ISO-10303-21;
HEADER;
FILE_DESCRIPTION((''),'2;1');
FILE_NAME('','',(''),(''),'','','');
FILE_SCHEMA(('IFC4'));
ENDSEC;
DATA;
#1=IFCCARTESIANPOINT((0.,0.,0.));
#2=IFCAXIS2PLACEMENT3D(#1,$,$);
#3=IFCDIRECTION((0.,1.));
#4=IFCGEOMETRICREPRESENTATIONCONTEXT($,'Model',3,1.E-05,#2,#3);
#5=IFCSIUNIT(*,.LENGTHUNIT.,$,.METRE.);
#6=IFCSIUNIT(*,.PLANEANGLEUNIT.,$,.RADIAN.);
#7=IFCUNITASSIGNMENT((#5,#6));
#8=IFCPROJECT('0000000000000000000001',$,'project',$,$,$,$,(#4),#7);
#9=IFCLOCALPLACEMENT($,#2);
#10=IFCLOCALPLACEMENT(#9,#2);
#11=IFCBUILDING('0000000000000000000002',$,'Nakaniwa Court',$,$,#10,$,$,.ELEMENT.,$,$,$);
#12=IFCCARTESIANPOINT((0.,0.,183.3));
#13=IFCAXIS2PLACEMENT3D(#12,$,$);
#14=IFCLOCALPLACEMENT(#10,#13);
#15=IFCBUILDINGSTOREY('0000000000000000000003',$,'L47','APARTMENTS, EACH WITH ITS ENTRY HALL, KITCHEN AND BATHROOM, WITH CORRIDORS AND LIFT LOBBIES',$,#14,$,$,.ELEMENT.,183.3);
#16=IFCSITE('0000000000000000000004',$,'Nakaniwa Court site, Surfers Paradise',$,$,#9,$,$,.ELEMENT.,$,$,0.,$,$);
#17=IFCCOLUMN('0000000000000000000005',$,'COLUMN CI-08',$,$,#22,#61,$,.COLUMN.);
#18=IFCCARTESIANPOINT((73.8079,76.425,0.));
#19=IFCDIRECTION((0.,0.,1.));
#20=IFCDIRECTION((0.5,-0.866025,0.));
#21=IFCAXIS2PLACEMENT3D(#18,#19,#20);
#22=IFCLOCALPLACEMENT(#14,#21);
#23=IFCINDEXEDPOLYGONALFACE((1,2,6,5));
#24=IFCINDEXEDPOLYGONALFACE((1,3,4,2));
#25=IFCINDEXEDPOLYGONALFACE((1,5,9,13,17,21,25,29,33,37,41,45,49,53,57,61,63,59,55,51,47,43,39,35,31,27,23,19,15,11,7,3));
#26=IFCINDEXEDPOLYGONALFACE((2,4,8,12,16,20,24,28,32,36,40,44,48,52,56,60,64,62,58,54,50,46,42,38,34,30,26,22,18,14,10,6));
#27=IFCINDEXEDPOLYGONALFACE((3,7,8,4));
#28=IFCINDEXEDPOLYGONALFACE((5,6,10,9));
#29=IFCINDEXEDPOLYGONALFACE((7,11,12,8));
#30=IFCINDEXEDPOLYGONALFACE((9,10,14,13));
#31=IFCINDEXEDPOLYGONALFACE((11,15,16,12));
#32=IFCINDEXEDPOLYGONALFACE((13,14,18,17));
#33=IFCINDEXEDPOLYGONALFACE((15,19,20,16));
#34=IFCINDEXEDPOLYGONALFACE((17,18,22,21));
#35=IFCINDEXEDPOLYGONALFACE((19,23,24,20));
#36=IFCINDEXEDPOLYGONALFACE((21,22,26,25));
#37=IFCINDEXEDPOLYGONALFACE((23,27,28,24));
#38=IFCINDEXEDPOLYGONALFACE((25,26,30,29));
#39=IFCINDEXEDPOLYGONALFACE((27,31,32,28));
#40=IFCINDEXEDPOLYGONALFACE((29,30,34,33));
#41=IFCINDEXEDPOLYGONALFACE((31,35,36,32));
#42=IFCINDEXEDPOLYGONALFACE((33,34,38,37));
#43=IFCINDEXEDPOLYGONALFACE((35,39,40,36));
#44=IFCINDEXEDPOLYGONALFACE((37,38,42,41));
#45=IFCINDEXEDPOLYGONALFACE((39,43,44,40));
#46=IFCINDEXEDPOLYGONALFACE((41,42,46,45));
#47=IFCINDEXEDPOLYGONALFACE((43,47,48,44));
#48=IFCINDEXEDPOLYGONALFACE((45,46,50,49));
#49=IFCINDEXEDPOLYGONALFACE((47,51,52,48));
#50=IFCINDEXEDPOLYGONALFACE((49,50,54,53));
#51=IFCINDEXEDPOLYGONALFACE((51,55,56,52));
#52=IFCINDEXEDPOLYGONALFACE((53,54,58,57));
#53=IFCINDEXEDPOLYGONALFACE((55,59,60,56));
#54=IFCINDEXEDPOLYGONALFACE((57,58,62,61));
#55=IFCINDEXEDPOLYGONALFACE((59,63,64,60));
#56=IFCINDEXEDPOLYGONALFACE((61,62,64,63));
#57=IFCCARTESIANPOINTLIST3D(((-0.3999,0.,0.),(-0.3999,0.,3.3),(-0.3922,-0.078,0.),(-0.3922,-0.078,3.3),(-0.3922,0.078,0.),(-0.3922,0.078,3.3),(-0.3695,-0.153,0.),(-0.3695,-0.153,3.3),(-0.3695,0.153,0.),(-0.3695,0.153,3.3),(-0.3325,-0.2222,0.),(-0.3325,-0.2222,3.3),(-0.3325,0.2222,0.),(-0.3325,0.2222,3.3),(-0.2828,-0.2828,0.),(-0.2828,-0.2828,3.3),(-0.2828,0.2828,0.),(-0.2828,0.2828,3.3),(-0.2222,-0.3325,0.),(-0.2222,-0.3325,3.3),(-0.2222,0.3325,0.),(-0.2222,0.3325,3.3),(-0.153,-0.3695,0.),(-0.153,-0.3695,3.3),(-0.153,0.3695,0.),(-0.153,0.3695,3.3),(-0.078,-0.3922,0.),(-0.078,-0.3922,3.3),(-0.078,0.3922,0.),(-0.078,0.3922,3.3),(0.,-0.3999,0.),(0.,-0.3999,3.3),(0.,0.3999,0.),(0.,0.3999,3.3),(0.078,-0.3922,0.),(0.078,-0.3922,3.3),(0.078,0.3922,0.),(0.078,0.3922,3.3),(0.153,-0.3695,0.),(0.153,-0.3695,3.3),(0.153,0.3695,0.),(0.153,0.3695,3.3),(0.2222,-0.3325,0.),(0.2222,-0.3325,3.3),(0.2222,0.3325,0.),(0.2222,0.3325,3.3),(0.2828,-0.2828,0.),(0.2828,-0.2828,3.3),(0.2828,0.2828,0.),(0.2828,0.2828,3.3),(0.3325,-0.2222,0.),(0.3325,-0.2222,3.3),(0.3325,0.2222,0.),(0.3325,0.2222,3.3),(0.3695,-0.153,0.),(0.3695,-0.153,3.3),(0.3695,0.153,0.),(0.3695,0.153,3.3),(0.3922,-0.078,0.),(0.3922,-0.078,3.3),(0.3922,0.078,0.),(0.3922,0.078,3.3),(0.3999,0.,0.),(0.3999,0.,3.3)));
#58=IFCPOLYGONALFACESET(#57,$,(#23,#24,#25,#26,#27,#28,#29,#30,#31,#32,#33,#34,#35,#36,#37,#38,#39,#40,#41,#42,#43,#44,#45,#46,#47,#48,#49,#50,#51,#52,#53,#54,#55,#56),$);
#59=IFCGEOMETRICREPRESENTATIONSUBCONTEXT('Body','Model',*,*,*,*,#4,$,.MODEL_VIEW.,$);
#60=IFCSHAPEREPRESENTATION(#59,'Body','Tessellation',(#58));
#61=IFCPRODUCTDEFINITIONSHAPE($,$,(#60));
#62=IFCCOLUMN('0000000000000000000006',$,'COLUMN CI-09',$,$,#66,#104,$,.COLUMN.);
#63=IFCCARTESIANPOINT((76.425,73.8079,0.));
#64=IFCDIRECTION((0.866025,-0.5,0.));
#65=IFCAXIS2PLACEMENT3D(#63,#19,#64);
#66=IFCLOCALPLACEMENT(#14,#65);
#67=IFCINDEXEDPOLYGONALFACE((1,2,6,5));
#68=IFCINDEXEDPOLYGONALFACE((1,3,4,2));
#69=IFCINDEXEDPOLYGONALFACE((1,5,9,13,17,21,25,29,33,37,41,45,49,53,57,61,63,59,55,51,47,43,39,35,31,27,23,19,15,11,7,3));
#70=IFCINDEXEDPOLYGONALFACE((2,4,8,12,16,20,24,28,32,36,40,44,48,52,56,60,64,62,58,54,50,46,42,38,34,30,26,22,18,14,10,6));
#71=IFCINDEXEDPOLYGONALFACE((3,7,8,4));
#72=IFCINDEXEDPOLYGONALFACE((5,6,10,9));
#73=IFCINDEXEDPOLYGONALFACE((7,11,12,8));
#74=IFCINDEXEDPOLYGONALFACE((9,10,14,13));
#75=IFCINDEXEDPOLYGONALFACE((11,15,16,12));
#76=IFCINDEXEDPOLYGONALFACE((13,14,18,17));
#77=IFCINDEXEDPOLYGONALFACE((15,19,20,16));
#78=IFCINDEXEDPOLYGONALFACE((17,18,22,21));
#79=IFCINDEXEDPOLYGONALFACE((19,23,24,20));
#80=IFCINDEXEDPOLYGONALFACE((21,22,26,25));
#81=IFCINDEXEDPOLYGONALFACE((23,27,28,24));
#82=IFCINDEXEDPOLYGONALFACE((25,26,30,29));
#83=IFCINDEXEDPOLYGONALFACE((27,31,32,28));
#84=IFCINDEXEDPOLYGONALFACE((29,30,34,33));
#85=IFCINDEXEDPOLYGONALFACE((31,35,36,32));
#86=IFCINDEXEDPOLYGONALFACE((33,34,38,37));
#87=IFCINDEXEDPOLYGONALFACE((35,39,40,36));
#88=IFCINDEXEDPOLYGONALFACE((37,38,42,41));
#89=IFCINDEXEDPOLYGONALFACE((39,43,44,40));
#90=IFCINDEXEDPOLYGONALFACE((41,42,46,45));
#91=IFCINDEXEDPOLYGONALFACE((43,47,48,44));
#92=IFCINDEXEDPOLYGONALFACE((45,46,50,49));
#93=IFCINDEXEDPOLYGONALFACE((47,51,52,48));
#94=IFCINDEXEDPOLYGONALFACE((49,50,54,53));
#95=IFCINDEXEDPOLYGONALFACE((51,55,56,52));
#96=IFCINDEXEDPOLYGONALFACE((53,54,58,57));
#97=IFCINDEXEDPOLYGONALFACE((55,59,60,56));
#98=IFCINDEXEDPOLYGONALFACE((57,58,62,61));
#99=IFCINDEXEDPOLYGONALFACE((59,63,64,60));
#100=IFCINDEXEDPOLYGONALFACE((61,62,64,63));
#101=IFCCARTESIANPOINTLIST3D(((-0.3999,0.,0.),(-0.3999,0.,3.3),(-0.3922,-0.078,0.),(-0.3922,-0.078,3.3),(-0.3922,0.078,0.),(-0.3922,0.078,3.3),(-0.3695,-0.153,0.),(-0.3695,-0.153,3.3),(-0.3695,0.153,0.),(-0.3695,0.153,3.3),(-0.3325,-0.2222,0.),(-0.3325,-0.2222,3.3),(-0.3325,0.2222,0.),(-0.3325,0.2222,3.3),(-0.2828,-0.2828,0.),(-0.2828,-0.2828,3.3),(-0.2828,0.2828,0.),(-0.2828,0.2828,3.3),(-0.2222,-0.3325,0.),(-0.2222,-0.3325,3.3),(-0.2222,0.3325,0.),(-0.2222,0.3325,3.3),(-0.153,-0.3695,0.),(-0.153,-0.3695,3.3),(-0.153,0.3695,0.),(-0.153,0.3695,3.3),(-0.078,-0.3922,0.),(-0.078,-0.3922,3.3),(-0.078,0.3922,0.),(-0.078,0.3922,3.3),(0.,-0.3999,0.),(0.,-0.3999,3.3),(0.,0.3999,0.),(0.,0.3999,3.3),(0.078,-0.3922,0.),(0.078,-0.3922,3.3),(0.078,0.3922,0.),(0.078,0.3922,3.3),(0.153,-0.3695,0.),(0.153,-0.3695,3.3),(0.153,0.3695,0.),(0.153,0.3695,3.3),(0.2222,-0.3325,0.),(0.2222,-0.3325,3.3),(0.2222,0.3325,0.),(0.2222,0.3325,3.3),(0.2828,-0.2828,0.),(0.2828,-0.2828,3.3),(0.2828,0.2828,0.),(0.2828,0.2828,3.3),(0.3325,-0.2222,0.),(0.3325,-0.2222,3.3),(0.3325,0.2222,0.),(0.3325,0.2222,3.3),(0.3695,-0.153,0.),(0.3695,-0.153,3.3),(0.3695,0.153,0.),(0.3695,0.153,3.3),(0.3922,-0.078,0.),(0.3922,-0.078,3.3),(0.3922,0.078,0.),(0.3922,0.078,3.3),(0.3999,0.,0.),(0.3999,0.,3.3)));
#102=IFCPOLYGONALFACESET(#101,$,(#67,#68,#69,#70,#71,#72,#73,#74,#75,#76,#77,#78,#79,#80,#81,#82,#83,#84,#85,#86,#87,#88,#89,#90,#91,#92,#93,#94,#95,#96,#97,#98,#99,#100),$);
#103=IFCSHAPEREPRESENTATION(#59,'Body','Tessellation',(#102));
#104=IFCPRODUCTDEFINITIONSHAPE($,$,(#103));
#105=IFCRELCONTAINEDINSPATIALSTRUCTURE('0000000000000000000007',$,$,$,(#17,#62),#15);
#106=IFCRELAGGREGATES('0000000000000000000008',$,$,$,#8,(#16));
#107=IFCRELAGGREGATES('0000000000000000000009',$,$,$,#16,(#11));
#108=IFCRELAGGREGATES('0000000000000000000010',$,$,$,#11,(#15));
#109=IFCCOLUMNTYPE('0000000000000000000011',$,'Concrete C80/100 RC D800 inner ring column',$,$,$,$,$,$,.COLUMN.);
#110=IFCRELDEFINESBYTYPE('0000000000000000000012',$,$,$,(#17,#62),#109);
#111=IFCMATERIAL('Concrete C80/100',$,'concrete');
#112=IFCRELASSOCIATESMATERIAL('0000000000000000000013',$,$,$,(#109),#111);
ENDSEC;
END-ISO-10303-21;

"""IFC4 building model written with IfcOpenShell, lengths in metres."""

from ifc_helpers import new_model, si_unit, direction, frame, origin, origin_2d, place, context, subcontext, project, spatial, circle, extrude, material, material_profile, profile_set, type_object, element, save


model = new_model("IFC4")

# Units and contexts
model_context = context("Model", 3, precision=1e-05, world=origin(), true_north=direction((0.0, 1.0)))
body_context = subcontext(model_context, "Body", "Model", "MODEL_VIEW")
ifc_project = project(units=[si_unit("LENGTHUNIT", "METRE"), si_unit("PLANEANGLEUNIT", "RADIAN")], contexts=[model_context])

# Site, building, storey
site_placement = place(None, origin())
site = spatial("IfcSite", under=ifc_project, at=site_placement, Name="Nakaniwa Court site, Surfers Paradise", CompositionType="ELEMENT", RefElevation=0.0)
building_placement = place(site_placement, origin())
building = spatial("IfcBuilding", under=site, at=building_placement, Name="Nakaniwa Court", CompositionType="ELEMENT")
storey_placement = place(building_placement, frame((0.0, 0.0, 183.3)))
storey = spatial("IfcBuildingStorey", under=building, at=storey_placement, Name="L47", Description="APARTMENTS, EACH WITH ITS ENTRY HALL, KITCHEN AND BATHROOM, WITH CORRIDORS AND LIFT LOBBIES", CompositionType="ELEMENT", Elevation=183.3)

# Columns
ifc_material_1 = material(Name="Concrete C80/100", Category="concrete")
ifc_material_profile_1 = material_profile(ifc_material_1, circle(Radius=0.3999, at=origin_2d()), Name="Concrete C80/100 RC D800 inner ring column")
ifc_profile_set_1 = profile_set([ifc_material_profile_1], Name="Concrete C80/100")
column_type_1 = type_object("IfcColumnType", Name="Concrete C80/100 RC D800 inner ring column", PredefinedType="COLUMN", material=ifc_profile_set_1)
for number, where, z_axis, x_axis, name in (
    (1, (73.8079, 76.425, 0.0), (0.0, 0.0, 1.0), (0.5, -0.866025, 0.0), "COLUMN CI-08"),
    (2, (76.425, 73.8079, 0.0), (0.0, 0.0, 1.0), (0.866025, -0.5, 0.0), "COLUMN CI-09"),
):
    element("IfcColumn", number, at=place(storey_placement, frame(where, z_axis=z_axis, x_axis=x_axis)), inside=storey, type_object=column_type_1, Name=name, PredefinedType="COLUMN", context=body_context, shape_type="SweptSolid", body=[
        extrude(circle(Radius=0.3999, at=origin_2d()), origin(), (0.0, 0.0, 1.0), 3.3),
    ])

save(model, "model.ifc")
